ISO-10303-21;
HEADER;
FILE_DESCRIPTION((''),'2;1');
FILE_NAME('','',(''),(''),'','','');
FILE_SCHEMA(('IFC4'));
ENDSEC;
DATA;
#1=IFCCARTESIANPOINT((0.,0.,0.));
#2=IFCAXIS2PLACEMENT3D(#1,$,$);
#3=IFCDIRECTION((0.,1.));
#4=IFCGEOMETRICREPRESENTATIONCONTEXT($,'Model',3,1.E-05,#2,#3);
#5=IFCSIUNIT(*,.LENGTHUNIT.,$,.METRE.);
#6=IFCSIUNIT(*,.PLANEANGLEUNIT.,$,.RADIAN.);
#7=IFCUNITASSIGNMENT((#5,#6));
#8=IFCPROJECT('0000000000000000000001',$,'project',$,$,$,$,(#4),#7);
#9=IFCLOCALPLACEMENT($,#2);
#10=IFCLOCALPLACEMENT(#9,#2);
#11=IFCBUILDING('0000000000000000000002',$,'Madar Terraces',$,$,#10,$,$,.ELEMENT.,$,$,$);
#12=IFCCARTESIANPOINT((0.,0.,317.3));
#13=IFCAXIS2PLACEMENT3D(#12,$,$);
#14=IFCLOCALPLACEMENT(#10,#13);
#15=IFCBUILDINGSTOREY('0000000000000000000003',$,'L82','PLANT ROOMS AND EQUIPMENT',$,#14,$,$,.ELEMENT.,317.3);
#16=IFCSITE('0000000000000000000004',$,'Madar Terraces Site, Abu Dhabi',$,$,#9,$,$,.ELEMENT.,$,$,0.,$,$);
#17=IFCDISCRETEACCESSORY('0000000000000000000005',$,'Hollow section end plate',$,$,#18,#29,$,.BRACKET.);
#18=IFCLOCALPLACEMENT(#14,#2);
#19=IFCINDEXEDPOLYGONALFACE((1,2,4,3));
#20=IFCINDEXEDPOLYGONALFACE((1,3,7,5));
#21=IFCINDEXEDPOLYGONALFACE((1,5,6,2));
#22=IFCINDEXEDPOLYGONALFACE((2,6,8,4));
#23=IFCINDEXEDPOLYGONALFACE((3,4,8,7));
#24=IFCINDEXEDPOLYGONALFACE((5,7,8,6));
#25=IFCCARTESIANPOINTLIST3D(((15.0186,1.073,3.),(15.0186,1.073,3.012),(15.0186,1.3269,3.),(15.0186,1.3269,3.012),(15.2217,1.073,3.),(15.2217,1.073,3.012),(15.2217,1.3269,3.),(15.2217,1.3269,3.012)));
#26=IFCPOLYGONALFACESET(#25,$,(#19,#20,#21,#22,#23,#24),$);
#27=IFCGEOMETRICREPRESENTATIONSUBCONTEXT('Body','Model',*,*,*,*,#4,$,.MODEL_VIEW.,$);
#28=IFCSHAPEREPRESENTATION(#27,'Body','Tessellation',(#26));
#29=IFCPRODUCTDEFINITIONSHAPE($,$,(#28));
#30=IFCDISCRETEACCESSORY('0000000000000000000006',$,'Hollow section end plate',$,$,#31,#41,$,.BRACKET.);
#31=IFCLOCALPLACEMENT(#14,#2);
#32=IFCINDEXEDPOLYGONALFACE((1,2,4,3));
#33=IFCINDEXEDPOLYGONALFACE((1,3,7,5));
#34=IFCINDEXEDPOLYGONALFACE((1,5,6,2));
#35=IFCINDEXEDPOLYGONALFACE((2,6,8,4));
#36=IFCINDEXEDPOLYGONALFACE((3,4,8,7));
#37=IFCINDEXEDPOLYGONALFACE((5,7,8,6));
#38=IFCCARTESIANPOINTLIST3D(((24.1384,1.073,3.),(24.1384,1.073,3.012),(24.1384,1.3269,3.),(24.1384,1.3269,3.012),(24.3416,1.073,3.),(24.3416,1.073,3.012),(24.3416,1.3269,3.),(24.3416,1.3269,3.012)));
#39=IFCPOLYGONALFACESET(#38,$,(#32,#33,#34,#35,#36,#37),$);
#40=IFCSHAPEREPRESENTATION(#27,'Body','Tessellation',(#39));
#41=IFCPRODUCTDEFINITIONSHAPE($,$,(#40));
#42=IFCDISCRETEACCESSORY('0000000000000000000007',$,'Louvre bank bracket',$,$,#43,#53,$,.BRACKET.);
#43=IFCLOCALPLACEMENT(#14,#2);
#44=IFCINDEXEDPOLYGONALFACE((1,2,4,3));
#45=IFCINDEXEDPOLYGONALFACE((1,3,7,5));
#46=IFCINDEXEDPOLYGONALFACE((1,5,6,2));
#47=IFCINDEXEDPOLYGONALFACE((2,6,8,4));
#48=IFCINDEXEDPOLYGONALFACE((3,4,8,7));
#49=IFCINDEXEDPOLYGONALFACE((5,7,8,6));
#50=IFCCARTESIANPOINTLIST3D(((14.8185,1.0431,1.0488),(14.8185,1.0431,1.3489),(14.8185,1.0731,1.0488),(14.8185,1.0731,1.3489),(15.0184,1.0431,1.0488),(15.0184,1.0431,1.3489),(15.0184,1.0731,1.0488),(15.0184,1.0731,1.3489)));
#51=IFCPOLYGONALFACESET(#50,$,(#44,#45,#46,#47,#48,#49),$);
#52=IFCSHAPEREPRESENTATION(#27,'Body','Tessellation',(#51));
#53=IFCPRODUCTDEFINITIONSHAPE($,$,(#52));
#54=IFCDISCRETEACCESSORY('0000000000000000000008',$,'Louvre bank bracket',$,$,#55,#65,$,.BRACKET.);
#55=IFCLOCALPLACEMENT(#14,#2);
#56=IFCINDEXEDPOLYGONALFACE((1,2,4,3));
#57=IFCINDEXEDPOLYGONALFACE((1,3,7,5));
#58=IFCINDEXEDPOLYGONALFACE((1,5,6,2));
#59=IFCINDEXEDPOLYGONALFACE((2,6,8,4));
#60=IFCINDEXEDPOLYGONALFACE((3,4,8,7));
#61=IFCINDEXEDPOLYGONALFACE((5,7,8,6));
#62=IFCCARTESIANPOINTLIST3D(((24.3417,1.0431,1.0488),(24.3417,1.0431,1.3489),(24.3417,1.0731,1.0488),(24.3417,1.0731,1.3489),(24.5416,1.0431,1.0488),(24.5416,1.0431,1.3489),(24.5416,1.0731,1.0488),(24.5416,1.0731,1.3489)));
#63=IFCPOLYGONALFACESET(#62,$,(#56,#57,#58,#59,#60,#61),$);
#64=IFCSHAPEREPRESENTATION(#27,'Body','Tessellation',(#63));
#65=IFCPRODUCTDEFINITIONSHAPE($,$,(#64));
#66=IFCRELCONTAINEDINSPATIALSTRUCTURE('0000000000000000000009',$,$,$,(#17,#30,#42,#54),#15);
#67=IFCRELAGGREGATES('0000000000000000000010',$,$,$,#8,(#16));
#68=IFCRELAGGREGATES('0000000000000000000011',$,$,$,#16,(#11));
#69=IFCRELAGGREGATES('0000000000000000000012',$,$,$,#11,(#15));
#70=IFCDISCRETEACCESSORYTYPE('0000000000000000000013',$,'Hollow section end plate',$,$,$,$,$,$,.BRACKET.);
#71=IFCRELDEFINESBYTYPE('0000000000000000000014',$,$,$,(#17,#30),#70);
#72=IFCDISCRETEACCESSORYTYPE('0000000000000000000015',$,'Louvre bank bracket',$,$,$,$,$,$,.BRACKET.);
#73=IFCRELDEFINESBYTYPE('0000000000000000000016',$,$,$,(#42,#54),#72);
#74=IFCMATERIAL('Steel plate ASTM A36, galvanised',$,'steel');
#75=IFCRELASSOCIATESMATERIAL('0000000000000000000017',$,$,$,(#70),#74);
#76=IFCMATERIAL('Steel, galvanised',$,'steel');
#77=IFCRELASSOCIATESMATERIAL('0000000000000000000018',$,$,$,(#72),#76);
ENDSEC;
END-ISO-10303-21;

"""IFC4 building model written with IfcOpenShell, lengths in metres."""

from ifc_helpers import new_model, si_unit, direction, frame, origin, origin_2d, place, context, subcontext, project, spatial, rectangle, extrude, material, type_object, element, save


model = new_model("IFC4")

# Units and contexts
model_context = context("Model", 3, precision=1e-05, world=origin(), true_north=direction((0.0, 1.0)))
body_context = subcontext(model_context, "Body", "Model", "MODEL_VIEW")
ifc_project = project(units=[si_unit("LENGTHUNIT", "METRE"), si_unit("PLANEANGLEUNIT", "RADIAN")], contexts=[model_context])

# Site, building, storey
site_placement = place(None, origin())
site = spatial("IfcSite", under=ifc_project, at=site_placement, Name="Madar Terraces Site, Abu Dhabi", CompositionType="ELEMENT", RefElevation=0.0)
building_placement = place(site_placement, origin())
building = spatial("IfcBuilding", under=site, at=building_placement, Name="Madar Terraces", CompositionType="ELEMENT")
storey_placement = place(building_placement, frame((0.0, 0.0, 317.3)))
storey = spatial("IfcBuildingStorey", under=building, at=storey_placement, Name="L82", Description="PLANT ROOMS AND EQUIPMENT", CompositionType="ELEMENT", Elevation=317.3)

# Discrete accessories
ifc_material_1 = material(Name="Steel plate ASTM A36, galvanised", Category="steel")
discrete_accessory_type_1 = type_object("IfcDiscreteAccessoryType", Name="Hollow section end plate", PredefinedType="BRACKET", material=ifc_material_1)
for number, where, z_axis, x_axis, name in (
    (1, (15.1201, 1.2, 3.0), (0.0, 0.0, 1.0), (1.0, 0.0, 0.0), "Hollow section end plate"),
    (2, (24.24, 1.2, 3.0), (0.0, 0.0, 1.0), (1.0, 0.0, 0.0), "Hollow section end plate"),
):
    element("IfcDiscreteAccessory", number, at=place(storey_placement, frame(where, z_axis=z_axis, x_axis=x_axis)), inside=storey, type_object=discrete_accessory_type_1, Name=name, PredefinedType="BRACKET", context=body_context, shape_type="SweptSolid", body=[
        extrude(rectangle(XDim=0.2031, YDim=0.2539, at=origin_2d()), origin(), (0.0, 0.0, 1.0), 0.012),
    ])
ifc_material_2 = material(Name="Steel, galvanised", Category="steel")
discrete_accessory_type_2 = type_object("IfcDiscreteAccessoryType", Name="Louvre bank bracket", PredefinedType="BRACKET", material=ifc_material_2)
for number, where, z_axis, x_axis, name in (
    (3, (14.9185, 1.0581, 1.0488), (0.0, 0.0, 1.0), (1.0, 0.0, 0.0), "Louvre bank bracket"),
    (4, (24.4417, 1.0581, 1.0488), (0.0, 0.0, 1.0), (1.0, 0.0, 0.0), "Louvre bank bracket"),
):
    element("IfcDiscreteAccessory", number, at=place(storey_placement, frame(where, z_axis=z_axis, x_axis=x_axis)), inside=storey, type_object=discrete_accessory_type_2, Name=name, PredefinedType="BRACKET", context=body_context, shape_type="SweptSolid", body=[
        extrude(rectangle(XDim=0.2, YDim=0.03, at=origin_2d()), origin(), (0.0, 0.0, 1.0), 0.3),
    ])

save(model, "model.ifc")
